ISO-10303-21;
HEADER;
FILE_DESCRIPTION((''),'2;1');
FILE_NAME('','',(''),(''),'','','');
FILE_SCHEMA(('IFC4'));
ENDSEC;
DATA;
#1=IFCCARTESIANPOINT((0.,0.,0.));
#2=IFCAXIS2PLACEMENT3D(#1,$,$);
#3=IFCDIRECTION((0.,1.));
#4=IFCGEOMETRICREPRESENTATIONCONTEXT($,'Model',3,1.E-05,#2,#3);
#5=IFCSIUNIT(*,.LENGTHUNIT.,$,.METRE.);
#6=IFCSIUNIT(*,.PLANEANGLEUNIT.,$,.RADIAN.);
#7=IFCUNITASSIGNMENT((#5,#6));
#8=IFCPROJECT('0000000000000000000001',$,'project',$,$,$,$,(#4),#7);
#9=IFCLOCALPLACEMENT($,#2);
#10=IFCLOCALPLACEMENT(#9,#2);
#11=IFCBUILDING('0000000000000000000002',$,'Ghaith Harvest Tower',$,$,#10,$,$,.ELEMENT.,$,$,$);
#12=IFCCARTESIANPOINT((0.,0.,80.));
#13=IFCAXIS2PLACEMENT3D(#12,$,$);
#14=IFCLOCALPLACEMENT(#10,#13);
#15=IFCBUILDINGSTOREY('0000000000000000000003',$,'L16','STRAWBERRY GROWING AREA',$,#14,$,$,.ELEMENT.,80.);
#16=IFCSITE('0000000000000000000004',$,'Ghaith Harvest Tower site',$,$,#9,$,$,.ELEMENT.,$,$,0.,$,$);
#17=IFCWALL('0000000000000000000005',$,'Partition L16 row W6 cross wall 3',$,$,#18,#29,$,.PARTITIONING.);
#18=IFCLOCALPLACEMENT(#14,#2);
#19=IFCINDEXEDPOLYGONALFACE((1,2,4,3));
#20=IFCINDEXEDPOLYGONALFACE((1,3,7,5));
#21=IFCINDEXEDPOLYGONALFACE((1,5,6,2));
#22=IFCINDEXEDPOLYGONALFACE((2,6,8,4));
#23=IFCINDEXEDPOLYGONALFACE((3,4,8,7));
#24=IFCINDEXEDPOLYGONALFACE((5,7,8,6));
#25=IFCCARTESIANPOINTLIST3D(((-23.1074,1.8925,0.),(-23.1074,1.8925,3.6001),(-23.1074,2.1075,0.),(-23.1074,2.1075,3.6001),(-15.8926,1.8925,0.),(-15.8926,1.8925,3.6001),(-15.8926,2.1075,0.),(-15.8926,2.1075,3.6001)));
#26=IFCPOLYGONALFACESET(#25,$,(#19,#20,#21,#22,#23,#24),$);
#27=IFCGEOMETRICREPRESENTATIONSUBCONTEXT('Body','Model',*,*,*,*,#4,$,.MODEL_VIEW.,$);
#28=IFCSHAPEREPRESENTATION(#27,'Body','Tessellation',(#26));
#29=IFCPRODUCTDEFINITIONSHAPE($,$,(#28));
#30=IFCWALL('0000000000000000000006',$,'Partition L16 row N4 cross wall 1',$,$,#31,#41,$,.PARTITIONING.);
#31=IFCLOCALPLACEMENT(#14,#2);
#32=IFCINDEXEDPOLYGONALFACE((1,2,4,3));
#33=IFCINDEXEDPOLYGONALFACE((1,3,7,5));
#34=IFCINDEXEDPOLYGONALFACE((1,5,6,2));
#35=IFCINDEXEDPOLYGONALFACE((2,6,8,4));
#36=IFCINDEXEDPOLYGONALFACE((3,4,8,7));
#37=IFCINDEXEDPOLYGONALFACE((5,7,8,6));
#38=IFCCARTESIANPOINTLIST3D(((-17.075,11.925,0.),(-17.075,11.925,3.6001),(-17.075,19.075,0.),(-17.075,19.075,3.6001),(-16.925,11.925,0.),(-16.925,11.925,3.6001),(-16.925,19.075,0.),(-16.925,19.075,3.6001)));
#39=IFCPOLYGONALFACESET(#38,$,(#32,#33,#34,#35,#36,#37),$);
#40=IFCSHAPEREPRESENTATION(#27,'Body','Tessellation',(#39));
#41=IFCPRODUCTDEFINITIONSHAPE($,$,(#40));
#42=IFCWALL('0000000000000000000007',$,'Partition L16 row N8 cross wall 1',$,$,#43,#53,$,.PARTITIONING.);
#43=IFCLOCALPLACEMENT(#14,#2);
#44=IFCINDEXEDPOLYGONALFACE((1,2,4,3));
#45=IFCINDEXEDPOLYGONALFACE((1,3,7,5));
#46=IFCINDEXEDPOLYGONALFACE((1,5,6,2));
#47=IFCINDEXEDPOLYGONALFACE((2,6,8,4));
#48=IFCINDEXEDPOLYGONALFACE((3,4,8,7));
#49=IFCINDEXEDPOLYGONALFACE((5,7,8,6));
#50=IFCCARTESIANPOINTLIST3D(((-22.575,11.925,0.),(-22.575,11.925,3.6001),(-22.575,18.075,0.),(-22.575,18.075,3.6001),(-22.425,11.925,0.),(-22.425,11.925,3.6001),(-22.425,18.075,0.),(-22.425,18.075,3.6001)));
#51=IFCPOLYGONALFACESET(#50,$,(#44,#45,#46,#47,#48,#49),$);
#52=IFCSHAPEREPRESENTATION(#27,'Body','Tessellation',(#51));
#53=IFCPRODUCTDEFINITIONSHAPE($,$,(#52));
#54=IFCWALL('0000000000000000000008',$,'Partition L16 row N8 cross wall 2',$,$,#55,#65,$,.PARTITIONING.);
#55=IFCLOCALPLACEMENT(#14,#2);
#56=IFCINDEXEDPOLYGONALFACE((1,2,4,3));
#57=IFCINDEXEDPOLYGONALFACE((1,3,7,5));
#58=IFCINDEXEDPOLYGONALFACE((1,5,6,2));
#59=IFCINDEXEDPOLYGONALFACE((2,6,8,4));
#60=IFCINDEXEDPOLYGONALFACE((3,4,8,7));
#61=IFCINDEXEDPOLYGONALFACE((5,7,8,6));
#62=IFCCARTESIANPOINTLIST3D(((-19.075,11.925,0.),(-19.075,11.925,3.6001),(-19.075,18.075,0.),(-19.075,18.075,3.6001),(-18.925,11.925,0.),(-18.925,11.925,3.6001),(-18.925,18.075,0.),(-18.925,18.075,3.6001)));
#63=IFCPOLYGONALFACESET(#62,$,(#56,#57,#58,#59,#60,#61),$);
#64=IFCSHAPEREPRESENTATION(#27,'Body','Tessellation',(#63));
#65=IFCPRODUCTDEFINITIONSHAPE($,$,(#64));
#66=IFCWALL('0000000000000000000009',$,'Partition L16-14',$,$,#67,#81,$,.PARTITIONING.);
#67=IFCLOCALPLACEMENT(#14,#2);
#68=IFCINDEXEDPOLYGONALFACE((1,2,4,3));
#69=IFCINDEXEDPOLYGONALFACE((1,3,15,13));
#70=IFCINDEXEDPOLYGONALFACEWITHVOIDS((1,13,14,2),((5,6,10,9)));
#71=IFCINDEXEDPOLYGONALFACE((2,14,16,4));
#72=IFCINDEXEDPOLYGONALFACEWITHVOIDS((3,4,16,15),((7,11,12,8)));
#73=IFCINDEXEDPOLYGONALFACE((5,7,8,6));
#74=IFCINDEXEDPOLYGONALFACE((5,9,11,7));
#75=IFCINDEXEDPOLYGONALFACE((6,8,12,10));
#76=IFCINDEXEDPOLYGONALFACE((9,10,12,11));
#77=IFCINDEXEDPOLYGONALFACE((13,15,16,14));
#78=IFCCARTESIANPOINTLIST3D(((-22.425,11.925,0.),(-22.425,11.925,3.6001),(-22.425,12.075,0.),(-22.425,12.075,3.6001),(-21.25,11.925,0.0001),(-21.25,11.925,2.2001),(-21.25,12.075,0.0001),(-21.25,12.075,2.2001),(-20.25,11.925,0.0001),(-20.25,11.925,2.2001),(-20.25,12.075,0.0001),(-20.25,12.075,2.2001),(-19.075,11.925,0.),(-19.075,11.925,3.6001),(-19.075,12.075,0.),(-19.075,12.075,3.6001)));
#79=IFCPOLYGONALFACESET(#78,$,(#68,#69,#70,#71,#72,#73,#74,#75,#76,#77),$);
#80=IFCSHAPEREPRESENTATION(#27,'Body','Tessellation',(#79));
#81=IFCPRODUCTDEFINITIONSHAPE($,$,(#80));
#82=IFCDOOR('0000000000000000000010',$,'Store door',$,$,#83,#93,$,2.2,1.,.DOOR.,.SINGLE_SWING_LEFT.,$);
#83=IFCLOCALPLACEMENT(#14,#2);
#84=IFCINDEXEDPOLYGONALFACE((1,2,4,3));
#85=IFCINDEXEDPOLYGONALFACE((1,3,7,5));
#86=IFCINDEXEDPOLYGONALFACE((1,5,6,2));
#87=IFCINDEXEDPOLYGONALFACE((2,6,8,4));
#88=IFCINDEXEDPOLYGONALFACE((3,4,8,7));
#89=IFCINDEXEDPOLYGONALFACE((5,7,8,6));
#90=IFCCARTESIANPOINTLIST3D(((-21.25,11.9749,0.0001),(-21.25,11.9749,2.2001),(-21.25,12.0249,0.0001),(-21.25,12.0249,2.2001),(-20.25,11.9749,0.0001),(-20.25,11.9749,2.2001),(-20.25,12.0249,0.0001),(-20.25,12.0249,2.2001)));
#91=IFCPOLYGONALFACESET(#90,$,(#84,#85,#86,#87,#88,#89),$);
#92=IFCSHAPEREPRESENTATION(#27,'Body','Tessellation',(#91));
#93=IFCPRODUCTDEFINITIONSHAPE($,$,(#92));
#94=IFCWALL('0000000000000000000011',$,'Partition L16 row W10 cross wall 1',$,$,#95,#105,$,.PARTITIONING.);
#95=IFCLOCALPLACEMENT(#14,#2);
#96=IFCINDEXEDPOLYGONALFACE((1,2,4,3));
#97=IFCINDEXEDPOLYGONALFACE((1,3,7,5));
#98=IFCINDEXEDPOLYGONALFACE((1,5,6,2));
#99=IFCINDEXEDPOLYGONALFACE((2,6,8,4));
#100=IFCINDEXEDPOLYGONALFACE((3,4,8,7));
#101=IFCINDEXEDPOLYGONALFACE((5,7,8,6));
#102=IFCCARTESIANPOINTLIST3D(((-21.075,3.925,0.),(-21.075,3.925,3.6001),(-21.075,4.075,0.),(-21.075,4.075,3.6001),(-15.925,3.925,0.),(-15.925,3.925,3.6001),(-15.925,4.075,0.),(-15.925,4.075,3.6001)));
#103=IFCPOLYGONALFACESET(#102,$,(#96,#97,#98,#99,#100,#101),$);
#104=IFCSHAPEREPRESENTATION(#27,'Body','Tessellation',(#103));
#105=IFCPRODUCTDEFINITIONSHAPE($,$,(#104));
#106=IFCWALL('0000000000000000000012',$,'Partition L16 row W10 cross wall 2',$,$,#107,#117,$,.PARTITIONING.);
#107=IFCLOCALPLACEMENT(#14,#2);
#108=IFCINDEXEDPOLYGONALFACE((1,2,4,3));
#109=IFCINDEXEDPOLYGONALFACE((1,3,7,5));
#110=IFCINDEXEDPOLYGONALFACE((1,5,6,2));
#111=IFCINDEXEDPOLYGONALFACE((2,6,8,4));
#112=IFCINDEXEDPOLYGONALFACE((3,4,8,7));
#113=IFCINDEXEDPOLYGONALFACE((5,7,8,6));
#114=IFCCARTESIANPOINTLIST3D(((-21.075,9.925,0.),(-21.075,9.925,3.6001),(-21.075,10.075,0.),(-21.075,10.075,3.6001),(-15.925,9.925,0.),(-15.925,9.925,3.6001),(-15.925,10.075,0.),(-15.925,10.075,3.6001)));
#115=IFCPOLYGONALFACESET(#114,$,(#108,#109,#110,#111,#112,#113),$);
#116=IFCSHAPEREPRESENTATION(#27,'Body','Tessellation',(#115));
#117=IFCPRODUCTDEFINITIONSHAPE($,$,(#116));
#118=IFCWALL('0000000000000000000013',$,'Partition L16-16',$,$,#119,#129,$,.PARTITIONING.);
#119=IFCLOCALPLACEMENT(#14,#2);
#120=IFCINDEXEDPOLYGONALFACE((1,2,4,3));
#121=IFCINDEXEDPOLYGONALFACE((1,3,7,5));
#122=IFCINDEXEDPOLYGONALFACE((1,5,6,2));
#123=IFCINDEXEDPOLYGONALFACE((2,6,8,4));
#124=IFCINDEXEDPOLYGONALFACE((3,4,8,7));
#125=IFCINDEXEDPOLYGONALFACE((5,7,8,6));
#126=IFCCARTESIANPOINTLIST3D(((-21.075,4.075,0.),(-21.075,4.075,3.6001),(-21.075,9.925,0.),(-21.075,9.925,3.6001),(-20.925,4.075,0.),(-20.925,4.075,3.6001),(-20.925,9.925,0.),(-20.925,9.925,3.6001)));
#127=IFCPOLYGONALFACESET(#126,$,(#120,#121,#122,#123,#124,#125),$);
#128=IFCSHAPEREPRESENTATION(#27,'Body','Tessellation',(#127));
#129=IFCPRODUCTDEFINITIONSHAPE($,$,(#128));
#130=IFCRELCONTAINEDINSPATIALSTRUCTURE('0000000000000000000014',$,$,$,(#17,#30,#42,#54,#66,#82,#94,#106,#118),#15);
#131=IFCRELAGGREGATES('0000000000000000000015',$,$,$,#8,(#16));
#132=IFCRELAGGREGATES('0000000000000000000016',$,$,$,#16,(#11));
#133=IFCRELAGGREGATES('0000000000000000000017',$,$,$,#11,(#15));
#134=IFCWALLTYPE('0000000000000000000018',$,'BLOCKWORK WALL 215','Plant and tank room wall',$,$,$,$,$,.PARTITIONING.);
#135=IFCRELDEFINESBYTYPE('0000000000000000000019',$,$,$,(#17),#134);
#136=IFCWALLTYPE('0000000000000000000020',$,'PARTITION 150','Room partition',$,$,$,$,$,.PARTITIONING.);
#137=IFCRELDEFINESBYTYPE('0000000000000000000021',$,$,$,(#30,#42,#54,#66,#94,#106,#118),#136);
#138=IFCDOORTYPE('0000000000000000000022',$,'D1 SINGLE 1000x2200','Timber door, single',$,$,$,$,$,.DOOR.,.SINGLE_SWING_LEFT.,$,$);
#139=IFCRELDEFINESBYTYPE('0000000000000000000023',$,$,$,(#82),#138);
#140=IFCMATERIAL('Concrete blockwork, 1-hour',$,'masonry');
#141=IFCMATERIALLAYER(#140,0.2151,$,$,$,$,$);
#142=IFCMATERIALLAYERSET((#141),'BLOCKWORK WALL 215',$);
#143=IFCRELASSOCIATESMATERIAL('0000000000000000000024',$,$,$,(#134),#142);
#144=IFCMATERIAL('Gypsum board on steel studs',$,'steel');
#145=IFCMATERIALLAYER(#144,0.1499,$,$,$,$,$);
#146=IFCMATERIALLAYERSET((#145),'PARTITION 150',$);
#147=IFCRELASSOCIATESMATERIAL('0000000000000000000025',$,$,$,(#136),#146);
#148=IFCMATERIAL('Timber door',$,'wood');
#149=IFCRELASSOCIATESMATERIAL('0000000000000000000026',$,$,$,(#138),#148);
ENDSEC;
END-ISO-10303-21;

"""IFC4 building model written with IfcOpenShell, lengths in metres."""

from ifc_helpers import new_model, si_unit, direction, frame, frame_2d, origin, place, context, subcontext, project, spatial, rectangle, extrude, material, layer, layer_set, type_object, element, fill, save


model = new_model("IFC4")

# Units and contexts
model_context = context("Model", 3, precision=1e-05, world=origin(), true_north=direction((0.0, 1.0)))
body_context = subcontext(model_context, "Body", "Model", "MODEL_VIEW")
ifc_project = project(units=[si_unit("LENGTHUNIT", "METRE"), si_unit("PLANEANGLEUNIT", "RADIAN")], contexts=[model_context])

# Site, building, storey
site_placement = place(None, origin())
site = spatial("IfcSite", under=ifc_project, at=site_placement, Name="Ghaith Harvest Tower site", CompositionType="ELEMENT", RefElevation=0.0)
building_placement = place(site_placement, origin())
building = spatial("IfcBuilding", under=site, at=building_placement, Name="Ghaith Harvest Tower", CompositionType="ELEMENT")
storey_placement = place(building_placement, frame((0.0, 0.0, 80.0)))
storey = spatial("IfcBuildingStorey", under=building, at=storey_placement, Name="L16", Description="STRAWBERRY GROWING AREA", CompositionType="ELEMENT", Elevation=80.0)

# Walls
ifc_material_1 = material(Name="Concrete blockwork, 1-hour", Category="masonry")
ifc_layer_1 = layer(ifc_material_1, 0.2151)
ifc_layer_set_1 = layer_set([ifc_layer_1], Name="BLOCKWORK WALL 215")
wall_type_1 = type_object("IfcWallType", Name="BLOCKWORK WALL 215", Description="Plant and tank room wall", PredefinedType="PARTITIONING", material=ifc_layer_set_1)
wall_1_placement = place(storey_placement, frame((-15.8926, 2.0, 0.0), z_axis=(0.0, 0.0, 1.0), x_axis=(-1.0, 0.0, 0.0)))
element("IfcWall", 1, at=wall_1_placement, inside=storey, type_object=wall_type_1, Name="Partition L16 row W6 cross wall 3", PredefinedType="PARTITIONING", context=body_context, shape_type="SweptSolid", body=[
    extrude(rectangle(XDim=7.2148, YDim=0.2151, at=frame_2d((3.6074, 0.0))), origin(), (0.0, 0.0, 1.0), 3.6001),
])
ifc_material_2 = material(Name="Gypsum board on steel studs", Category="steel")
ifc_layer_2 = layer(ifc_material_2, 0.1499)
ifc_layer_set_2 = layer_set([ifc_layer_2], Name="PARTITION 150")
wall_type_2 = type_object("IfcWallType", Name="PARTITION 150", Description="Room partition", PredefinedType="PARTITIONING", material=ifc_layer_set_2)
wall_2_placement = place(storey_placement, frame((-17.0, 11.925, 0.0), z_axis=(0.0, 0.0, 1.0), x_axis=(0.0, 1.0, 0.0)))
element("IfcWall", 2, at=wall_2_placement, inside=storey, type_object=wall_type_2, Name="Partition L16 row N4 cross wall 1", PredefinedType="PARTITIONING", context=body_context, shape_type="SweptSolid", body=[
    extrude(rectangle(XDim=7.1499, YDim=0.1499, at=frame_2d((3.575, 0.0))), origin(), (0.0, 0.0, 1.0), 3.6001),
])
for number, where, z_axis, x_axis, name in (
    (3, (-22.5, 11.925, 0.0), (0.0, 0.0, 1.0), (0.0, 1.0, 0.0), "Partition L16 row N8 cross wall 1"),
    (4, (-19.0, 11.925, 0.0), (0.0, 0.0, 1.0), (0.0, 1.0, 0.0), "Partition L16 row N8 cross wall 2"),
):
    element("IfcWall", number, at=place(storey_placement, frame(where, z_axis=z_axis, x_axis=x_axis)), inside=storey, type_object=wall_type_2, Name=name, PredefinedType="PARTITIONING", context=body_context, shape_type="SweptSolid", body=[
        extrude(rectangle(XDim=6.1499, YDim=0.1499, at=frame_2d((3.075, 0.0))), origin(), (0.0, 0.0, 1.0), 3.6001),
    ])

# Wall, opening, door
wall_3_placement = place(storey_placement, frame((-22.425, 12.0, 0.0), z_axis=(0.0, 0.0, 1.0), x_axis=(1.0, 0.0, 0.0)))
wall_3 = element("IfcWall", 5, at=wall_3_placement, inside=storey, type_object=wall_type_2, Name="Partition L16-14", PredefinedType="PARTITIONING", context=body_context, shape_type="SweptSolid", body=[
    extrude(rectangle(XDim=3.3501, YDim=0.1499, at=frame_2d((1.675, 0.0))), origin(), (0.0, 0.0, 1.0), 3.6001),
])
opening_1_placement = place(wall_3_placement, frame((1.175, 0.0, 0.0)))
opening_1 = element("IfcOpeningElement", 6, at=opening_1_placement, cuts=wall_3, PredefinedType="OPENING", context=body_context, shape_type="SweptSolid", body=[
    extrude(rectangle(XDim=1.0, YDim=2.2, at=frame_2d((0.5, 1.1001))), frame((0.0, 0.085, 0.0), z_axis=(0.0, -1.0, 0.0), x_axis=(1.0, 0.0, 0.0)), (0.0, 0.0, 1.0), 0.1699),
])
ifc_material_3 = material(Name="Timber door", Category="wood")
door_type_1 = type_object("IfcDoorType", Name="D1 SINGLE 1000x2200", Description="Timber door, single", OperationType="SINGLE_SWING_LEFT", PredefinedType="DOOR", material=ifc_material_3)
door_1_placement = place(opening_1_placement, origin())
door_1 = element("IfcDoor", 7, at=door_1_placement, inside=storey, type_object=door_type_1, Name="Store door", OperationType="SINGLE_SWING_LEFT", OverallHeight=2.2, OverallWidth=1.0, PredefinedType="DOOR", context=body_context, shape_type="SweptSolid", body=[
    extrude(rectangle(XDim=1.0, YDim=2.2, at=frame_2d((0.5, 1.1001))), frame((0.0, 0.0249, 0.0), z_axis=(0.0, -1.0, 0.0), x_axis=(1.0, 0.0, 0.0)), (0.0, 0.0, 1.0), 0.05),
])
fill(opening_1, door_1)

# Walls
for number, where, z_axis, x_axis, name in (
    (8, (-15.925, 4.0, 0.0), (0.0, 0.0, 1.0), (-1.0, 0.0, 0.0), "Partition L16 row W10 cross wall 1"),
    (9, (-15.925, 10.0, 0.0), (0.0, 0.0, 1.0), (-1.0, 0.0, 0.0), "Partition L16 row W10 cross wall 2"),
):
    element("IfcWall", number, at=place(storey_placement, frame(where, z_axis=z_axis, x_axis=x_axis)), inside=storey, type_object=wall_type_2, Name=name, PredefinedType="PARTITIONING", context=body_context, shape_type="SweptSolid", body=[
        extrude(rectangle(XDim=5.1499, YDim=0.1499, at=frame_2d((2.575, 0.0))), origin(), (0.0, 0.0, 1.0), 3.6001),
    ])

# Wall
wall_4_placement = place(storey_placement, frame((-21.0, 4.075, 0.0), z_axis=(0.0, 0.0, 1.0), x_axis=(0.0, 1.0, 0.0)))
element("IfcWall", 10, at=wall_4_placement, inside=storey, type_object=wall_type_2, Name="Partition L16-16", PredefinedType="PARTITIONING", context=body_context, shape_type="SweptSolid", body=[
    extrude(rectangle(XDim=5.8501, YDim=0.1499, at=frame_2d((2.925, 0.0))), origin(), (0.0, 0.0, 1.0), 3.6001),
])

save(model, "model.ifc")
